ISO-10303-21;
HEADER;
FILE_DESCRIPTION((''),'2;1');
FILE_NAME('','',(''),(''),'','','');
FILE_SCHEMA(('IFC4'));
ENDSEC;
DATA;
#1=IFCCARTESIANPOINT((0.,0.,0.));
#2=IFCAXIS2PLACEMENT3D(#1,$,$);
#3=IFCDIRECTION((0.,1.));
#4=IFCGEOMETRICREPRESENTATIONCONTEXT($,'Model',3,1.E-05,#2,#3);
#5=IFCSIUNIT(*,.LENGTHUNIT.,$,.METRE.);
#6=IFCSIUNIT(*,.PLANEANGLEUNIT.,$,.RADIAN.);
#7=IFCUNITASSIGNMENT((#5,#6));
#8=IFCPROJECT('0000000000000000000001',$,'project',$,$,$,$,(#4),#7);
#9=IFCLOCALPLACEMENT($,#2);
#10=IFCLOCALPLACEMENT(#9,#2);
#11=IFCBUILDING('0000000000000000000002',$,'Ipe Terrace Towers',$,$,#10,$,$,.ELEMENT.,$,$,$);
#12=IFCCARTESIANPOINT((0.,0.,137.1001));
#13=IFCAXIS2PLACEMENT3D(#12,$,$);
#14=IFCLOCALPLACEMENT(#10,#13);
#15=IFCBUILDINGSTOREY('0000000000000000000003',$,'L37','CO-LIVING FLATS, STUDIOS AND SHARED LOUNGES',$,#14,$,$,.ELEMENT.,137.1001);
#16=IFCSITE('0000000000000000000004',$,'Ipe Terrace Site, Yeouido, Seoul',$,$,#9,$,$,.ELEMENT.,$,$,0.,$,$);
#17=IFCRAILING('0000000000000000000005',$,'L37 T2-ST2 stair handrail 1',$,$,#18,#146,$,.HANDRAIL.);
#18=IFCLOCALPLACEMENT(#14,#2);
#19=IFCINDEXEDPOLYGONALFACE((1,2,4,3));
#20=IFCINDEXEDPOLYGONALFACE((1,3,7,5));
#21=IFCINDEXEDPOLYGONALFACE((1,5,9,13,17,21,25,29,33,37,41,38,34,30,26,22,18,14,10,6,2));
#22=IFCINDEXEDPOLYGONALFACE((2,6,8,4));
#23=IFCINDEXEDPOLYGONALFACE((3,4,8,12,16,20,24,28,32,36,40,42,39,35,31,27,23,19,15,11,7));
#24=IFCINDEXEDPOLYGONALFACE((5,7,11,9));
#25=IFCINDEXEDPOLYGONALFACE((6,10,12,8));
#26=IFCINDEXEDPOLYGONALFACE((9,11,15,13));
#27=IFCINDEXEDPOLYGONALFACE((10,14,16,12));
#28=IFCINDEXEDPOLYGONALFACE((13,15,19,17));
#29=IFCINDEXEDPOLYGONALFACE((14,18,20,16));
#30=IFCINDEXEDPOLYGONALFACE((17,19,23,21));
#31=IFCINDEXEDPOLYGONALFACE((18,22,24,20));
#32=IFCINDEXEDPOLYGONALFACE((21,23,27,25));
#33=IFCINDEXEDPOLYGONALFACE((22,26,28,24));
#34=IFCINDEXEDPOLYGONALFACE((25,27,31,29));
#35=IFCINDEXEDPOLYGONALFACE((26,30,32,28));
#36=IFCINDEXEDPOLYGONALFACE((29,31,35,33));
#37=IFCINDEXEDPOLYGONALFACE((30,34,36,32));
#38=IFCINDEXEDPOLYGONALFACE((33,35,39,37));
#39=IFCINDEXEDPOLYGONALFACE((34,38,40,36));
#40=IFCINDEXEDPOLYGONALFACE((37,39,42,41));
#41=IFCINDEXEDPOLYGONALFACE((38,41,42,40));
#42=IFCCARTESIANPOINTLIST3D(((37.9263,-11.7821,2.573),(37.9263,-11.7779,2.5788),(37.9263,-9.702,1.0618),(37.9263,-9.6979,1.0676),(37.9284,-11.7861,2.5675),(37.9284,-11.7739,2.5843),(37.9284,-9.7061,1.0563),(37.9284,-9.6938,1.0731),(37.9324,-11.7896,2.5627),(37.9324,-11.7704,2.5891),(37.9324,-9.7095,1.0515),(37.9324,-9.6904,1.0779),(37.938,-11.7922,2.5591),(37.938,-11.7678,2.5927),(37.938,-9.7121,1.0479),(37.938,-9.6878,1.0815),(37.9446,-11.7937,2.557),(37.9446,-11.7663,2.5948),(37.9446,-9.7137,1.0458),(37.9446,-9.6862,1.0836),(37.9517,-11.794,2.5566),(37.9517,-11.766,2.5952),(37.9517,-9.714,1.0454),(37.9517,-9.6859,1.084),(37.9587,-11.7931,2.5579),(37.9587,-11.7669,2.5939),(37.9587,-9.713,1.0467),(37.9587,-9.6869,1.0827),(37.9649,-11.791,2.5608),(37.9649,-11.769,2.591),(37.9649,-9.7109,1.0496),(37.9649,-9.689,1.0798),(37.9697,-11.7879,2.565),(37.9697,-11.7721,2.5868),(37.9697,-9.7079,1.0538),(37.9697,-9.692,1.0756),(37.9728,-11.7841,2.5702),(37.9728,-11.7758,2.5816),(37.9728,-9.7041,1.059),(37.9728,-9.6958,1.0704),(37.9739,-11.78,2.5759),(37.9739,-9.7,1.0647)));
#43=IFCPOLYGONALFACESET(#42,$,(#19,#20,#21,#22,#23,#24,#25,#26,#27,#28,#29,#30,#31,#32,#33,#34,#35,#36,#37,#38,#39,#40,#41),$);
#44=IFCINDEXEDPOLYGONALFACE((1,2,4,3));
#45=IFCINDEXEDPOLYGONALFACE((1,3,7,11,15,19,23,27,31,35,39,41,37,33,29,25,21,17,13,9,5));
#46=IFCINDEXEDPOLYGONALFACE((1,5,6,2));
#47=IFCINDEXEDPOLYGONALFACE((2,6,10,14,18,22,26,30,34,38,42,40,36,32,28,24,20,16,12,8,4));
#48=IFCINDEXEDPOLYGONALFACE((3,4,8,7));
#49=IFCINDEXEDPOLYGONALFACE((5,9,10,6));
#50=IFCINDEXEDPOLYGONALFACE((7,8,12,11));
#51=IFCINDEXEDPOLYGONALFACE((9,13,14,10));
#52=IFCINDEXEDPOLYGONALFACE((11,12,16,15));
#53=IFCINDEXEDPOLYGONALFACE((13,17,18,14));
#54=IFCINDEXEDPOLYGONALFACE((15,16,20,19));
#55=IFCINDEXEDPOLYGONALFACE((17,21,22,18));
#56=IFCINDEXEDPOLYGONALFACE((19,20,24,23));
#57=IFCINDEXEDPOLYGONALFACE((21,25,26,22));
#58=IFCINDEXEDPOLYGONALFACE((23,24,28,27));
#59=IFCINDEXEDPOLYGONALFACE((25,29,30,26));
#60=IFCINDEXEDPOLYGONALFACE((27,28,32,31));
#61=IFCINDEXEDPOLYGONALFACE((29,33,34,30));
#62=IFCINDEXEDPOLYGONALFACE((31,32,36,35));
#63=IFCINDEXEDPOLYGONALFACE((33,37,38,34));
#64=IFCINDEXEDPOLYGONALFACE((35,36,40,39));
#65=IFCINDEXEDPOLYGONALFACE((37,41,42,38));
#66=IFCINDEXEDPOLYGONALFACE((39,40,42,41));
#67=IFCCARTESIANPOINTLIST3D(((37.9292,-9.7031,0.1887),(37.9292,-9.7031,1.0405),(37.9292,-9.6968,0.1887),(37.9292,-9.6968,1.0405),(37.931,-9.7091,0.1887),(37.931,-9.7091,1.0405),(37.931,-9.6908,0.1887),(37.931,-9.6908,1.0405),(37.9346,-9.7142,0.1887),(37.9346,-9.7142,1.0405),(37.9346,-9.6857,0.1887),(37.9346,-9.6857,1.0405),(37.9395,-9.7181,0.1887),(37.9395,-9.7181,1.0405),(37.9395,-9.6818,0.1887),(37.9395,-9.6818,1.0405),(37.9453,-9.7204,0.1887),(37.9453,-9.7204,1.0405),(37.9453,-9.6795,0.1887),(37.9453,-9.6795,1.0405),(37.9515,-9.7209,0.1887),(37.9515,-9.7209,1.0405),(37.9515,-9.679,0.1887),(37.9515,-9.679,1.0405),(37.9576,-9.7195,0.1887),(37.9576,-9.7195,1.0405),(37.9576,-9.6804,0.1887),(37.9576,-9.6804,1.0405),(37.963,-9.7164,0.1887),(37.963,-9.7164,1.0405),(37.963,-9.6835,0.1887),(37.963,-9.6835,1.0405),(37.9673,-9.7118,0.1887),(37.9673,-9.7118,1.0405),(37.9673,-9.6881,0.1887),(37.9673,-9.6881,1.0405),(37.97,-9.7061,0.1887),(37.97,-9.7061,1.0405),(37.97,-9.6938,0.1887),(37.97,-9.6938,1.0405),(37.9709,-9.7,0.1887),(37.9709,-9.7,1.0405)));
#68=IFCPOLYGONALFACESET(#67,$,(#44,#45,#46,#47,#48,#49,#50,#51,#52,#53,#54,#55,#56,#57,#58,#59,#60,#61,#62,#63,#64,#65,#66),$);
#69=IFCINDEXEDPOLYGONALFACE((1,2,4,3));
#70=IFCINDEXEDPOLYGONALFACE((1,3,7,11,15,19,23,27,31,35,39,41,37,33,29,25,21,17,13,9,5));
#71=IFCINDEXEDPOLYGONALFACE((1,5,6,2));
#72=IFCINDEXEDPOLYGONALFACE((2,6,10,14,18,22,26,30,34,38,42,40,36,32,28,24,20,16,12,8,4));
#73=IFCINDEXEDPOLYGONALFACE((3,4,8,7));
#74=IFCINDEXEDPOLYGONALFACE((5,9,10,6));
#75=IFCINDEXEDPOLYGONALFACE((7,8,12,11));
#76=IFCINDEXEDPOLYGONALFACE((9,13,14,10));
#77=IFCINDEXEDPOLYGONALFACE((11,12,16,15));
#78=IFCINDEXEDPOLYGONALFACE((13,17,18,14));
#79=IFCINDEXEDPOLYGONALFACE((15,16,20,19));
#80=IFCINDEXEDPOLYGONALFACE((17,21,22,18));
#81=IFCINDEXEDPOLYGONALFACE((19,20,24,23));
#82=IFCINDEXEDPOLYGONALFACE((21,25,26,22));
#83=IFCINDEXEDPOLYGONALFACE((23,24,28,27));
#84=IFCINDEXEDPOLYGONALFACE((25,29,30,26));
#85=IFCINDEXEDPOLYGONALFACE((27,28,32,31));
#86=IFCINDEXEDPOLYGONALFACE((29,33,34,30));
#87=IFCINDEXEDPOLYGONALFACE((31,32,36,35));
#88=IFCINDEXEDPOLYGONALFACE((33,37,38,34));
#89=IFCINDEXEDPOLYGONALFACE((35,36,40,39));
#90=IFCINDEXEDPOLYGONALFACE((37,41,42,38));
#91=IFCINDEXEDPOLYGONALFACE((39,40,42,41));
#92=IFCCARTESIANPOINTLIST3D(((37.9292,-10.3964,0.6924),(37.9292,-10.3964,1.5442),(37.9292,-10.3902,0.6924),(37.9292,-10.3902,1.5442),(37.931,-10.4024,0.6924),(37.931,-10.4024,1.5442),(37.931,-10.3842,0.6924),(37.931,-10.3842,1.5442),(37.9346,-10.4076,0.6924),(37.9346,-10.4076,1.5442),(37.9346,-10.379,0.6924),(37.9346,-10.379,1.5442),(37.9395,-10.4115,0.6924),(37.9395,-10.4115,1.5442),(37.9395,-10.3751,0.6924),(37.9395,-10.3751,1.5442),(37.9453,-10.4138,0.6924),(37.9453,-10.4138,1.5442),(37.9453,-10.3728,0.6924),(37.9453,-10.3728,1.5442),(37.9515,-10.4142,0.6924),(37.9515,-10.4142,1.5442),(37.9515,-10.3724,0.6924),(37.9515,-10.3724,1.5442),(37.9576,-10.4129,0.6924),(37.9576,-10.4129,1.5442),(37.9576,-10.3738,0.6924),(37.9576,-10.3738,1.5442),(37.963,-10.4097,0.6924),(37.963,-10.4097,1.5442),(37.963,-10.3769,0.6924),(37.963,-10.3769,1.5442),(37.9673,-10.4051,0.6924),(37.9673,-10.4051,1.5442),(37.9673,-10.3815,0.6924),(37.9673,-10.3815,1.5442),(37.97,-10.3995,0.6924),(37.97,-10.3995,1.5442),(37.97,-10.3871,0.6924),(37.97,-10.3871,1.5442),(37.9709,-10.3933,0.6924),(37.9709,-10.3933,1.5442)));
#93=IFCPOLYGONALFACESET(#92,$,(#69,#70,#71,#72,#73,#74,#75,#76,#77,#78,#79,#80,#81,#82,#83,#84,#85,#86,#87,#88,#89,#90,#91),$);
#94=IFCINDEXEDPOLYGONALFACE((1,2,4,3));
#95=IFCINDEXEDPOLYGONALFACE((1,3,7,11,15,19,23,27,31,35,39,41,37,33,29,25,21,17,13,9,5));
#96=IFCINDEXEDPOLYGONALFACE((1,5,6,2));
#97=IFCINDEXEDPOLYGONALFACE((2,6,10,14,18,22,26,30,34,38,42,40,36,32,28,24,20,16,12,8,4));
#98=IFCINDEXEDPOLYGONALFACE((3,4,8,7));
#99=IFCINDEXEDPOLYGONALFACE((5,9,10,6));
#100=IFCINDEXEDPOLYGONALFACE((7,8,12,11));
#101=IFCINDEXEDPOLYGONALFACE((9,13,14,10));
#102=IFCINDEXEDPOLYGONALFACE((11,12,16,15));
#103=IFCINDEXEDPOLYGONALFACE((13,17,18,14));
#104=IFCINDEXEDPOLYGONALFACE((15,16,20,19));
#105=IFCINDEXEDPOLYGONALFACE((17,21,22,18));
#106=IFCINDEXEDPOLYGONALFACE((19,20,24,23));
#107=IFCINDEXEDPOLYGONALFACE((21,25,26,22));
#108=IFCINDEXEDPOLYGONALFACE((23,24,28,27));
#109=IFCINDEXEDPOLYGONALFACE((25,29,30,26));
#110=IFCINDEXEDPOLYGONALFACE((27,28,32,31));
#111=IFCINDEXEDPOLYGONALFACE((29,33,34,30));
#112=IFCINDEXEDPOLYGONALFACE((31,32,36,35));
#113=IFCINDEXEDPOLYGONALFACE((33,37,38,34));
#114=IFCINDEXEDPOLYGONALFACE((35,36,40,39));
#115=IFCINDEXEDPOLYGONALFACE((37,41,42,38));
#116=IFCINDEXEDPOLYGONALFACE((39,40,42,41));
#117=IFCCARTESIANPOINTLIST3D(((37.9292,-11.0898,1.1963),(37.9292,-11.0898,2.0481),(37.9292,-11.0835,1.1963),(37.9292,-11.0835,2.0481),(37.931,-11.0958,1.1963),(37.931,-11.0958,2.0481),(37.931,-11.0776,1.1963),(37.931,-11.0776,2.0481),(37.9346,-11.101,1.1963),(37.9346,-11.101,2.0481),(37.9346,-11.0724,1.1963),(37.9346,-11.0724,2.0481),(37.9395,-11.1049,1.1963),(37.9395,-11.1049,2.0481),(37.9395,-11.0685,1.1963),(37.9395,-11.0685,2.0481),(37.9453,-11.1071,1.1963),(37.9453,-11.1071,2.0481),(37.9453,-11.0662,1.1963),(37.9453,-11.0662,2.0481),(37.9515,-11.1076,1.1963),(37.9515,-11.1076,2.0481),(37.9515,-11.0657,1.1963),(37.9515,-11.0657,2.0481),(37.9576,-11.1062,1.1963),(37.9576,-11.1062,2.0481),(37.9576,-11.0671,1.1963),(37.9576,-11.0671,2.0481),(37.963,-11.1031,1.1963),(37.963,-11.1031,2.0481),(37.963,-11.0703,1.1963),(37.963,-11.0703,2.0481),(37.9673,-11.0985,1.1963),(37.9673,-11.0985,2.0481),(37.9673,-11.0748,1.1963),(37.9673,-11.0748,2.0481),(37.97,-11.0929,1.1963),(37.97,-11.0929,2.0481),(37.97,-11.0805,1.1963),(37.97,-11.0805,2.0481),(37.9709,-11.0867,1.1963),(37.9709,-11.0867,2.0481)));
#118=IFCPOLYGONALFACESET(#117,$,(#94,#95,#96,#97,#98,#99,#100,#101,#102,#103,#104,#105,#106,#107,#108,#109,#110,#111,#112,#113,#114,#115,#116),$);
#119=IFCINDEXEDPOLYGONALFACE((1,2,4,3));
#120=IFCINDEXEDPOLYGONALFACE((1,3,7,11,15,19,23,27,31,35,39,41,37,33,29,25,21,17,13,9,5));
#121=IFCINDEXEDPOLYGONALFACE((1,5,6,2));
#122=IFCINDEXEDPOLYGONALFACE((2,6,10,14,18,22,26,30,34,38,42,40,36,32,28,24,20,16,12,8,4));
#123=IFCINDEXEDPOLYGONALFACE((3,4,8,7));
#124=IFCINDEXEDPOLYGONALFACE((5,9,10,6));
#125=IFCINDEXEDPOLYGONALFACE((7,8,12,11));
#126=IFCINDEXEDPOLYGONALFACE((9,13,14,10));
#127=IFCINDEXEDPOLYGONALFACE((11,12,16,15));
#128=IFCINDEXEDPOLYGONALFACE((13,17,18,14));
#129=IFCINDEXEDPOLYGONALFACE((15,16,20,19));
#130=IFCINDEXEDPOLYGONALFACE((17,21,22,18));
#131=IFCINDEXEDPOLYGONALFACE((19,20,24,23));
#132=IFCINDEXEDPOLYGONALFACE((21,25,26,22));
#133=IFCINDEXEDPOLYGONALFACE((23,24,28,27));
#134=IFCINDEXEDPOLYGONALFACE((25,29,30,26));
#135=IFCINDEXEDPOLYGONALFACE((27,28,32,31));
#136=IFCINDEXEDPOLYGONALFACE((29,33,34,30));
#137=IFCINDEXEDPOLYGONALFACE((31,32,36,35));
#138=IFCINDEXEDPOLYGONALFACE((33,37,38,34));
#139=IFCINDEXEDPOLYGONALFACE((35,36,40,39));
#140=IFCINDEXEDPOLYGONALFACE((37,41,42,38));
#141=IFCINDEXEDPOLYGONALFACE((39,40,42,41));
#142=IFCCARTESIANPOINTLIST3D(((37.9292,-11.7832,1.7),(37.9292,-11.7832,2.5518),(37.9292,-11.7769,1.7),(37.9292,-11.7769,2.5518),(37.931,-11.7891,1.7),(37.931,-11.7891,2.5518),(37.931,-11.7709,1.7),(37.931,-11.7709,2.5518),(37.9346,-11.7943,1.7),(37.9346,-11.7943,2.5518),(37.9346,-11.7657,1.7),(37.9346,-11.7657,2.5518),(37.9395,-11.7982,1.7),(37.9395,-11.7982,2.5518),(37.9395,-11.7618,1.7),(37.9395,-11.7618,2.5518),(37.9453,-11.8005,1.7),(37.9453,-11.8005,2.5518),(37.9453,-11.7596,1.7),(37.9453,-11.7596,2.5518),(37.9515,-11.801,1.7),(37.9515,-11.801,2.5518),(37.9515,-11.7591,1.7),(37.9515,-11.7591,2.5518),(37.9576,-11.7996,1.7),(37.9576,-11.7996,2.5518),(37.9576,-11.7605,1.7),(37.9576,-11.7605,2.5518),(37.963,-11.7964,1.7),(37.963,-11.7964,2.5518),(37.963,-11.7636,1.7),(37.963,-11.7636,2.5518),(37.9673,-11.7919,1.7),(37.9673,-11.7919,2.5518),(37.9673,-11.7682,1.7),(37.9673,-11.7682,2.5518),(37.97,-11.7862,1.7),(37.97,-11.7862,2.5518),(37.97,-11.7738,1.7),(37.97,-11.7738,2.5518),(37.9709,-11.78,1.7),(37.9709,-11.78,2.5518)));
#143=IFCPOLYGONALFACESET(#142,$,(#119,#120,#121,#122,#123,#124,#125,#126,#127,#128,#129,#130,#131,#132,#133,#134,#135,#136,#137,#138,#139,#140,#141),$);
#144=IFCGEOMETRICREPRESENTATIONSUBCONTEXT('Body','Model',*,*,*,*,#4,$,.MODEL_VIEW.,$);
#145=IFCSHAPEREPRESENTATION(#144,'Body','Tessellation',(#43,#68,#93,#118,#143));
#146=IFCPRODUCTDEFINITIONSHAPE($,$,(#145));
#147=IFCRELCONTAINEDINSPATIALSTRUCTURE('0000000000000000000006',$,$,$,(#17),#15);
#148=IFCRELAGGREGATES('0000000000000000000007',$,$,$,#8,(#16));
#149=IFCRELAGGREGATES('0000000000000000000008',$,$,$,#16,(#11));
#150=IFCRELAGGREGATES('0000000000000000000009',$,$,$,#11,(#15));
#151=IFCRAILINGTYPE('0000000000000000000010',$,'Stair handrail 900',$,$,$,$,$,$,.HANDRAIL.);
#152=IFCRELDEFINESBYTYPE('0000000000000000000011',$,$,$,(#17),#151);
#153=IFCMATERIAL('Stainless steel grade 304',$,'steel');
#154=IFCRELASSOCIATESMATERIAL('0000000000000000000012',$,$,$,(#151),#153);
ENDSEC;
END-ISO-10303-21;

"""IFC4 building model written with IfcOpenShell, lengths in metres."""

from ifc_helpers import new_model, si_unit, direction, frame, origin, origin_2d, place, context, subcontext, project, spatial, circle, extrude, material, type_object, element, save


model = new_model("IFC4")

# Units and contexts
model_context = context("Model", 3, precision=1e-05, world=origin(), true_north=direction((0.0, 1.0)))
body_context = subcontext(model_context, "Body", "Model", "MODEL_VIEW")
ifc_project = project(units=[si_unit("LENGTHUNIT", "METRE"), si_unit("PLANEANGLEUNIT", "RADIAN")], contexts=[model_context])

# Site, building, storey
site_placement = place(None, origin())
site = spatial("IfcSite", under=ifc_project, at=site_placement, Name="Ipe Terrace Site, Yeouido, Seoul", CompositionType="ELEMENT", RefElevation=0.0)
building_placement = place(site_placement, origin())
building = spatial("IfcBuilding", under=site, at=building_placement, Name="Ipe Terrace Towers", CompositionType="ELEMENT")
storey_placement = place(building_placement, frame((0.0, 0.0, 137.1001)))
storey = spatial("IfcBuildingStorey", under=building, at=storey_placement, Name="L37", Description="CO-LIVING FLATS, STUDIOS AND SHARED LOUNGES", CompositionType="ELEMENT", Elevation=137.1001)

# Railing
ifc_material_1 = material(Name="Stainless steel grade 304", Category="steel")
railing_type_1 = type_object("IfcRailingType", Name="Stair handrail 900", PredefinedType="HANDRAIL", material=ifc_material_1)
railing_1_placement = place(storey_placement, frame((37.95, -9.7, 0.1887)))
element("IfcRailing", 1, at=railing_1_placement, inside=storey, type_object=railing_type_1, Name="L37 T2-ST2 stair handrail 1", PredefinedType="HANDRAIL", context=body_context, shape_type="SweptSolid", body=[
    extrude(circle(Radius=0.0239, at=origin_2d()), frame((0.0, 0.0, 0.876), z_axis=(0.0, -0.809023, 0.587776), x_axis=(1.0, 0.0, 0.0)), (0.0, 0.0, 1.0), 2.571),
    extrude(circle(Radius=0.021, at=origin_2d()), origin(), (0.0, 0.0, 1.0), 0.8518),
    extrude(circle(Radius=0.021, at=origin_2d()), frame((0.0, -0.6934, 0.5037)), (0.0, 0.0, 1.0), 0.8518),
    extrude(circle(Radius=0.021, at=origin_2d()), frame((0.0, -1.3867, 1.0076)), (0.0, 0.0, 1.0), 0.8518),
    extrude(circle(Radius=0.021, at=origin_2d()), frame((0.0, -2.0801, 1.5112)), (0.0, 0.0, 1.0), 0.8518),
])

save(model, "model.ifc")
